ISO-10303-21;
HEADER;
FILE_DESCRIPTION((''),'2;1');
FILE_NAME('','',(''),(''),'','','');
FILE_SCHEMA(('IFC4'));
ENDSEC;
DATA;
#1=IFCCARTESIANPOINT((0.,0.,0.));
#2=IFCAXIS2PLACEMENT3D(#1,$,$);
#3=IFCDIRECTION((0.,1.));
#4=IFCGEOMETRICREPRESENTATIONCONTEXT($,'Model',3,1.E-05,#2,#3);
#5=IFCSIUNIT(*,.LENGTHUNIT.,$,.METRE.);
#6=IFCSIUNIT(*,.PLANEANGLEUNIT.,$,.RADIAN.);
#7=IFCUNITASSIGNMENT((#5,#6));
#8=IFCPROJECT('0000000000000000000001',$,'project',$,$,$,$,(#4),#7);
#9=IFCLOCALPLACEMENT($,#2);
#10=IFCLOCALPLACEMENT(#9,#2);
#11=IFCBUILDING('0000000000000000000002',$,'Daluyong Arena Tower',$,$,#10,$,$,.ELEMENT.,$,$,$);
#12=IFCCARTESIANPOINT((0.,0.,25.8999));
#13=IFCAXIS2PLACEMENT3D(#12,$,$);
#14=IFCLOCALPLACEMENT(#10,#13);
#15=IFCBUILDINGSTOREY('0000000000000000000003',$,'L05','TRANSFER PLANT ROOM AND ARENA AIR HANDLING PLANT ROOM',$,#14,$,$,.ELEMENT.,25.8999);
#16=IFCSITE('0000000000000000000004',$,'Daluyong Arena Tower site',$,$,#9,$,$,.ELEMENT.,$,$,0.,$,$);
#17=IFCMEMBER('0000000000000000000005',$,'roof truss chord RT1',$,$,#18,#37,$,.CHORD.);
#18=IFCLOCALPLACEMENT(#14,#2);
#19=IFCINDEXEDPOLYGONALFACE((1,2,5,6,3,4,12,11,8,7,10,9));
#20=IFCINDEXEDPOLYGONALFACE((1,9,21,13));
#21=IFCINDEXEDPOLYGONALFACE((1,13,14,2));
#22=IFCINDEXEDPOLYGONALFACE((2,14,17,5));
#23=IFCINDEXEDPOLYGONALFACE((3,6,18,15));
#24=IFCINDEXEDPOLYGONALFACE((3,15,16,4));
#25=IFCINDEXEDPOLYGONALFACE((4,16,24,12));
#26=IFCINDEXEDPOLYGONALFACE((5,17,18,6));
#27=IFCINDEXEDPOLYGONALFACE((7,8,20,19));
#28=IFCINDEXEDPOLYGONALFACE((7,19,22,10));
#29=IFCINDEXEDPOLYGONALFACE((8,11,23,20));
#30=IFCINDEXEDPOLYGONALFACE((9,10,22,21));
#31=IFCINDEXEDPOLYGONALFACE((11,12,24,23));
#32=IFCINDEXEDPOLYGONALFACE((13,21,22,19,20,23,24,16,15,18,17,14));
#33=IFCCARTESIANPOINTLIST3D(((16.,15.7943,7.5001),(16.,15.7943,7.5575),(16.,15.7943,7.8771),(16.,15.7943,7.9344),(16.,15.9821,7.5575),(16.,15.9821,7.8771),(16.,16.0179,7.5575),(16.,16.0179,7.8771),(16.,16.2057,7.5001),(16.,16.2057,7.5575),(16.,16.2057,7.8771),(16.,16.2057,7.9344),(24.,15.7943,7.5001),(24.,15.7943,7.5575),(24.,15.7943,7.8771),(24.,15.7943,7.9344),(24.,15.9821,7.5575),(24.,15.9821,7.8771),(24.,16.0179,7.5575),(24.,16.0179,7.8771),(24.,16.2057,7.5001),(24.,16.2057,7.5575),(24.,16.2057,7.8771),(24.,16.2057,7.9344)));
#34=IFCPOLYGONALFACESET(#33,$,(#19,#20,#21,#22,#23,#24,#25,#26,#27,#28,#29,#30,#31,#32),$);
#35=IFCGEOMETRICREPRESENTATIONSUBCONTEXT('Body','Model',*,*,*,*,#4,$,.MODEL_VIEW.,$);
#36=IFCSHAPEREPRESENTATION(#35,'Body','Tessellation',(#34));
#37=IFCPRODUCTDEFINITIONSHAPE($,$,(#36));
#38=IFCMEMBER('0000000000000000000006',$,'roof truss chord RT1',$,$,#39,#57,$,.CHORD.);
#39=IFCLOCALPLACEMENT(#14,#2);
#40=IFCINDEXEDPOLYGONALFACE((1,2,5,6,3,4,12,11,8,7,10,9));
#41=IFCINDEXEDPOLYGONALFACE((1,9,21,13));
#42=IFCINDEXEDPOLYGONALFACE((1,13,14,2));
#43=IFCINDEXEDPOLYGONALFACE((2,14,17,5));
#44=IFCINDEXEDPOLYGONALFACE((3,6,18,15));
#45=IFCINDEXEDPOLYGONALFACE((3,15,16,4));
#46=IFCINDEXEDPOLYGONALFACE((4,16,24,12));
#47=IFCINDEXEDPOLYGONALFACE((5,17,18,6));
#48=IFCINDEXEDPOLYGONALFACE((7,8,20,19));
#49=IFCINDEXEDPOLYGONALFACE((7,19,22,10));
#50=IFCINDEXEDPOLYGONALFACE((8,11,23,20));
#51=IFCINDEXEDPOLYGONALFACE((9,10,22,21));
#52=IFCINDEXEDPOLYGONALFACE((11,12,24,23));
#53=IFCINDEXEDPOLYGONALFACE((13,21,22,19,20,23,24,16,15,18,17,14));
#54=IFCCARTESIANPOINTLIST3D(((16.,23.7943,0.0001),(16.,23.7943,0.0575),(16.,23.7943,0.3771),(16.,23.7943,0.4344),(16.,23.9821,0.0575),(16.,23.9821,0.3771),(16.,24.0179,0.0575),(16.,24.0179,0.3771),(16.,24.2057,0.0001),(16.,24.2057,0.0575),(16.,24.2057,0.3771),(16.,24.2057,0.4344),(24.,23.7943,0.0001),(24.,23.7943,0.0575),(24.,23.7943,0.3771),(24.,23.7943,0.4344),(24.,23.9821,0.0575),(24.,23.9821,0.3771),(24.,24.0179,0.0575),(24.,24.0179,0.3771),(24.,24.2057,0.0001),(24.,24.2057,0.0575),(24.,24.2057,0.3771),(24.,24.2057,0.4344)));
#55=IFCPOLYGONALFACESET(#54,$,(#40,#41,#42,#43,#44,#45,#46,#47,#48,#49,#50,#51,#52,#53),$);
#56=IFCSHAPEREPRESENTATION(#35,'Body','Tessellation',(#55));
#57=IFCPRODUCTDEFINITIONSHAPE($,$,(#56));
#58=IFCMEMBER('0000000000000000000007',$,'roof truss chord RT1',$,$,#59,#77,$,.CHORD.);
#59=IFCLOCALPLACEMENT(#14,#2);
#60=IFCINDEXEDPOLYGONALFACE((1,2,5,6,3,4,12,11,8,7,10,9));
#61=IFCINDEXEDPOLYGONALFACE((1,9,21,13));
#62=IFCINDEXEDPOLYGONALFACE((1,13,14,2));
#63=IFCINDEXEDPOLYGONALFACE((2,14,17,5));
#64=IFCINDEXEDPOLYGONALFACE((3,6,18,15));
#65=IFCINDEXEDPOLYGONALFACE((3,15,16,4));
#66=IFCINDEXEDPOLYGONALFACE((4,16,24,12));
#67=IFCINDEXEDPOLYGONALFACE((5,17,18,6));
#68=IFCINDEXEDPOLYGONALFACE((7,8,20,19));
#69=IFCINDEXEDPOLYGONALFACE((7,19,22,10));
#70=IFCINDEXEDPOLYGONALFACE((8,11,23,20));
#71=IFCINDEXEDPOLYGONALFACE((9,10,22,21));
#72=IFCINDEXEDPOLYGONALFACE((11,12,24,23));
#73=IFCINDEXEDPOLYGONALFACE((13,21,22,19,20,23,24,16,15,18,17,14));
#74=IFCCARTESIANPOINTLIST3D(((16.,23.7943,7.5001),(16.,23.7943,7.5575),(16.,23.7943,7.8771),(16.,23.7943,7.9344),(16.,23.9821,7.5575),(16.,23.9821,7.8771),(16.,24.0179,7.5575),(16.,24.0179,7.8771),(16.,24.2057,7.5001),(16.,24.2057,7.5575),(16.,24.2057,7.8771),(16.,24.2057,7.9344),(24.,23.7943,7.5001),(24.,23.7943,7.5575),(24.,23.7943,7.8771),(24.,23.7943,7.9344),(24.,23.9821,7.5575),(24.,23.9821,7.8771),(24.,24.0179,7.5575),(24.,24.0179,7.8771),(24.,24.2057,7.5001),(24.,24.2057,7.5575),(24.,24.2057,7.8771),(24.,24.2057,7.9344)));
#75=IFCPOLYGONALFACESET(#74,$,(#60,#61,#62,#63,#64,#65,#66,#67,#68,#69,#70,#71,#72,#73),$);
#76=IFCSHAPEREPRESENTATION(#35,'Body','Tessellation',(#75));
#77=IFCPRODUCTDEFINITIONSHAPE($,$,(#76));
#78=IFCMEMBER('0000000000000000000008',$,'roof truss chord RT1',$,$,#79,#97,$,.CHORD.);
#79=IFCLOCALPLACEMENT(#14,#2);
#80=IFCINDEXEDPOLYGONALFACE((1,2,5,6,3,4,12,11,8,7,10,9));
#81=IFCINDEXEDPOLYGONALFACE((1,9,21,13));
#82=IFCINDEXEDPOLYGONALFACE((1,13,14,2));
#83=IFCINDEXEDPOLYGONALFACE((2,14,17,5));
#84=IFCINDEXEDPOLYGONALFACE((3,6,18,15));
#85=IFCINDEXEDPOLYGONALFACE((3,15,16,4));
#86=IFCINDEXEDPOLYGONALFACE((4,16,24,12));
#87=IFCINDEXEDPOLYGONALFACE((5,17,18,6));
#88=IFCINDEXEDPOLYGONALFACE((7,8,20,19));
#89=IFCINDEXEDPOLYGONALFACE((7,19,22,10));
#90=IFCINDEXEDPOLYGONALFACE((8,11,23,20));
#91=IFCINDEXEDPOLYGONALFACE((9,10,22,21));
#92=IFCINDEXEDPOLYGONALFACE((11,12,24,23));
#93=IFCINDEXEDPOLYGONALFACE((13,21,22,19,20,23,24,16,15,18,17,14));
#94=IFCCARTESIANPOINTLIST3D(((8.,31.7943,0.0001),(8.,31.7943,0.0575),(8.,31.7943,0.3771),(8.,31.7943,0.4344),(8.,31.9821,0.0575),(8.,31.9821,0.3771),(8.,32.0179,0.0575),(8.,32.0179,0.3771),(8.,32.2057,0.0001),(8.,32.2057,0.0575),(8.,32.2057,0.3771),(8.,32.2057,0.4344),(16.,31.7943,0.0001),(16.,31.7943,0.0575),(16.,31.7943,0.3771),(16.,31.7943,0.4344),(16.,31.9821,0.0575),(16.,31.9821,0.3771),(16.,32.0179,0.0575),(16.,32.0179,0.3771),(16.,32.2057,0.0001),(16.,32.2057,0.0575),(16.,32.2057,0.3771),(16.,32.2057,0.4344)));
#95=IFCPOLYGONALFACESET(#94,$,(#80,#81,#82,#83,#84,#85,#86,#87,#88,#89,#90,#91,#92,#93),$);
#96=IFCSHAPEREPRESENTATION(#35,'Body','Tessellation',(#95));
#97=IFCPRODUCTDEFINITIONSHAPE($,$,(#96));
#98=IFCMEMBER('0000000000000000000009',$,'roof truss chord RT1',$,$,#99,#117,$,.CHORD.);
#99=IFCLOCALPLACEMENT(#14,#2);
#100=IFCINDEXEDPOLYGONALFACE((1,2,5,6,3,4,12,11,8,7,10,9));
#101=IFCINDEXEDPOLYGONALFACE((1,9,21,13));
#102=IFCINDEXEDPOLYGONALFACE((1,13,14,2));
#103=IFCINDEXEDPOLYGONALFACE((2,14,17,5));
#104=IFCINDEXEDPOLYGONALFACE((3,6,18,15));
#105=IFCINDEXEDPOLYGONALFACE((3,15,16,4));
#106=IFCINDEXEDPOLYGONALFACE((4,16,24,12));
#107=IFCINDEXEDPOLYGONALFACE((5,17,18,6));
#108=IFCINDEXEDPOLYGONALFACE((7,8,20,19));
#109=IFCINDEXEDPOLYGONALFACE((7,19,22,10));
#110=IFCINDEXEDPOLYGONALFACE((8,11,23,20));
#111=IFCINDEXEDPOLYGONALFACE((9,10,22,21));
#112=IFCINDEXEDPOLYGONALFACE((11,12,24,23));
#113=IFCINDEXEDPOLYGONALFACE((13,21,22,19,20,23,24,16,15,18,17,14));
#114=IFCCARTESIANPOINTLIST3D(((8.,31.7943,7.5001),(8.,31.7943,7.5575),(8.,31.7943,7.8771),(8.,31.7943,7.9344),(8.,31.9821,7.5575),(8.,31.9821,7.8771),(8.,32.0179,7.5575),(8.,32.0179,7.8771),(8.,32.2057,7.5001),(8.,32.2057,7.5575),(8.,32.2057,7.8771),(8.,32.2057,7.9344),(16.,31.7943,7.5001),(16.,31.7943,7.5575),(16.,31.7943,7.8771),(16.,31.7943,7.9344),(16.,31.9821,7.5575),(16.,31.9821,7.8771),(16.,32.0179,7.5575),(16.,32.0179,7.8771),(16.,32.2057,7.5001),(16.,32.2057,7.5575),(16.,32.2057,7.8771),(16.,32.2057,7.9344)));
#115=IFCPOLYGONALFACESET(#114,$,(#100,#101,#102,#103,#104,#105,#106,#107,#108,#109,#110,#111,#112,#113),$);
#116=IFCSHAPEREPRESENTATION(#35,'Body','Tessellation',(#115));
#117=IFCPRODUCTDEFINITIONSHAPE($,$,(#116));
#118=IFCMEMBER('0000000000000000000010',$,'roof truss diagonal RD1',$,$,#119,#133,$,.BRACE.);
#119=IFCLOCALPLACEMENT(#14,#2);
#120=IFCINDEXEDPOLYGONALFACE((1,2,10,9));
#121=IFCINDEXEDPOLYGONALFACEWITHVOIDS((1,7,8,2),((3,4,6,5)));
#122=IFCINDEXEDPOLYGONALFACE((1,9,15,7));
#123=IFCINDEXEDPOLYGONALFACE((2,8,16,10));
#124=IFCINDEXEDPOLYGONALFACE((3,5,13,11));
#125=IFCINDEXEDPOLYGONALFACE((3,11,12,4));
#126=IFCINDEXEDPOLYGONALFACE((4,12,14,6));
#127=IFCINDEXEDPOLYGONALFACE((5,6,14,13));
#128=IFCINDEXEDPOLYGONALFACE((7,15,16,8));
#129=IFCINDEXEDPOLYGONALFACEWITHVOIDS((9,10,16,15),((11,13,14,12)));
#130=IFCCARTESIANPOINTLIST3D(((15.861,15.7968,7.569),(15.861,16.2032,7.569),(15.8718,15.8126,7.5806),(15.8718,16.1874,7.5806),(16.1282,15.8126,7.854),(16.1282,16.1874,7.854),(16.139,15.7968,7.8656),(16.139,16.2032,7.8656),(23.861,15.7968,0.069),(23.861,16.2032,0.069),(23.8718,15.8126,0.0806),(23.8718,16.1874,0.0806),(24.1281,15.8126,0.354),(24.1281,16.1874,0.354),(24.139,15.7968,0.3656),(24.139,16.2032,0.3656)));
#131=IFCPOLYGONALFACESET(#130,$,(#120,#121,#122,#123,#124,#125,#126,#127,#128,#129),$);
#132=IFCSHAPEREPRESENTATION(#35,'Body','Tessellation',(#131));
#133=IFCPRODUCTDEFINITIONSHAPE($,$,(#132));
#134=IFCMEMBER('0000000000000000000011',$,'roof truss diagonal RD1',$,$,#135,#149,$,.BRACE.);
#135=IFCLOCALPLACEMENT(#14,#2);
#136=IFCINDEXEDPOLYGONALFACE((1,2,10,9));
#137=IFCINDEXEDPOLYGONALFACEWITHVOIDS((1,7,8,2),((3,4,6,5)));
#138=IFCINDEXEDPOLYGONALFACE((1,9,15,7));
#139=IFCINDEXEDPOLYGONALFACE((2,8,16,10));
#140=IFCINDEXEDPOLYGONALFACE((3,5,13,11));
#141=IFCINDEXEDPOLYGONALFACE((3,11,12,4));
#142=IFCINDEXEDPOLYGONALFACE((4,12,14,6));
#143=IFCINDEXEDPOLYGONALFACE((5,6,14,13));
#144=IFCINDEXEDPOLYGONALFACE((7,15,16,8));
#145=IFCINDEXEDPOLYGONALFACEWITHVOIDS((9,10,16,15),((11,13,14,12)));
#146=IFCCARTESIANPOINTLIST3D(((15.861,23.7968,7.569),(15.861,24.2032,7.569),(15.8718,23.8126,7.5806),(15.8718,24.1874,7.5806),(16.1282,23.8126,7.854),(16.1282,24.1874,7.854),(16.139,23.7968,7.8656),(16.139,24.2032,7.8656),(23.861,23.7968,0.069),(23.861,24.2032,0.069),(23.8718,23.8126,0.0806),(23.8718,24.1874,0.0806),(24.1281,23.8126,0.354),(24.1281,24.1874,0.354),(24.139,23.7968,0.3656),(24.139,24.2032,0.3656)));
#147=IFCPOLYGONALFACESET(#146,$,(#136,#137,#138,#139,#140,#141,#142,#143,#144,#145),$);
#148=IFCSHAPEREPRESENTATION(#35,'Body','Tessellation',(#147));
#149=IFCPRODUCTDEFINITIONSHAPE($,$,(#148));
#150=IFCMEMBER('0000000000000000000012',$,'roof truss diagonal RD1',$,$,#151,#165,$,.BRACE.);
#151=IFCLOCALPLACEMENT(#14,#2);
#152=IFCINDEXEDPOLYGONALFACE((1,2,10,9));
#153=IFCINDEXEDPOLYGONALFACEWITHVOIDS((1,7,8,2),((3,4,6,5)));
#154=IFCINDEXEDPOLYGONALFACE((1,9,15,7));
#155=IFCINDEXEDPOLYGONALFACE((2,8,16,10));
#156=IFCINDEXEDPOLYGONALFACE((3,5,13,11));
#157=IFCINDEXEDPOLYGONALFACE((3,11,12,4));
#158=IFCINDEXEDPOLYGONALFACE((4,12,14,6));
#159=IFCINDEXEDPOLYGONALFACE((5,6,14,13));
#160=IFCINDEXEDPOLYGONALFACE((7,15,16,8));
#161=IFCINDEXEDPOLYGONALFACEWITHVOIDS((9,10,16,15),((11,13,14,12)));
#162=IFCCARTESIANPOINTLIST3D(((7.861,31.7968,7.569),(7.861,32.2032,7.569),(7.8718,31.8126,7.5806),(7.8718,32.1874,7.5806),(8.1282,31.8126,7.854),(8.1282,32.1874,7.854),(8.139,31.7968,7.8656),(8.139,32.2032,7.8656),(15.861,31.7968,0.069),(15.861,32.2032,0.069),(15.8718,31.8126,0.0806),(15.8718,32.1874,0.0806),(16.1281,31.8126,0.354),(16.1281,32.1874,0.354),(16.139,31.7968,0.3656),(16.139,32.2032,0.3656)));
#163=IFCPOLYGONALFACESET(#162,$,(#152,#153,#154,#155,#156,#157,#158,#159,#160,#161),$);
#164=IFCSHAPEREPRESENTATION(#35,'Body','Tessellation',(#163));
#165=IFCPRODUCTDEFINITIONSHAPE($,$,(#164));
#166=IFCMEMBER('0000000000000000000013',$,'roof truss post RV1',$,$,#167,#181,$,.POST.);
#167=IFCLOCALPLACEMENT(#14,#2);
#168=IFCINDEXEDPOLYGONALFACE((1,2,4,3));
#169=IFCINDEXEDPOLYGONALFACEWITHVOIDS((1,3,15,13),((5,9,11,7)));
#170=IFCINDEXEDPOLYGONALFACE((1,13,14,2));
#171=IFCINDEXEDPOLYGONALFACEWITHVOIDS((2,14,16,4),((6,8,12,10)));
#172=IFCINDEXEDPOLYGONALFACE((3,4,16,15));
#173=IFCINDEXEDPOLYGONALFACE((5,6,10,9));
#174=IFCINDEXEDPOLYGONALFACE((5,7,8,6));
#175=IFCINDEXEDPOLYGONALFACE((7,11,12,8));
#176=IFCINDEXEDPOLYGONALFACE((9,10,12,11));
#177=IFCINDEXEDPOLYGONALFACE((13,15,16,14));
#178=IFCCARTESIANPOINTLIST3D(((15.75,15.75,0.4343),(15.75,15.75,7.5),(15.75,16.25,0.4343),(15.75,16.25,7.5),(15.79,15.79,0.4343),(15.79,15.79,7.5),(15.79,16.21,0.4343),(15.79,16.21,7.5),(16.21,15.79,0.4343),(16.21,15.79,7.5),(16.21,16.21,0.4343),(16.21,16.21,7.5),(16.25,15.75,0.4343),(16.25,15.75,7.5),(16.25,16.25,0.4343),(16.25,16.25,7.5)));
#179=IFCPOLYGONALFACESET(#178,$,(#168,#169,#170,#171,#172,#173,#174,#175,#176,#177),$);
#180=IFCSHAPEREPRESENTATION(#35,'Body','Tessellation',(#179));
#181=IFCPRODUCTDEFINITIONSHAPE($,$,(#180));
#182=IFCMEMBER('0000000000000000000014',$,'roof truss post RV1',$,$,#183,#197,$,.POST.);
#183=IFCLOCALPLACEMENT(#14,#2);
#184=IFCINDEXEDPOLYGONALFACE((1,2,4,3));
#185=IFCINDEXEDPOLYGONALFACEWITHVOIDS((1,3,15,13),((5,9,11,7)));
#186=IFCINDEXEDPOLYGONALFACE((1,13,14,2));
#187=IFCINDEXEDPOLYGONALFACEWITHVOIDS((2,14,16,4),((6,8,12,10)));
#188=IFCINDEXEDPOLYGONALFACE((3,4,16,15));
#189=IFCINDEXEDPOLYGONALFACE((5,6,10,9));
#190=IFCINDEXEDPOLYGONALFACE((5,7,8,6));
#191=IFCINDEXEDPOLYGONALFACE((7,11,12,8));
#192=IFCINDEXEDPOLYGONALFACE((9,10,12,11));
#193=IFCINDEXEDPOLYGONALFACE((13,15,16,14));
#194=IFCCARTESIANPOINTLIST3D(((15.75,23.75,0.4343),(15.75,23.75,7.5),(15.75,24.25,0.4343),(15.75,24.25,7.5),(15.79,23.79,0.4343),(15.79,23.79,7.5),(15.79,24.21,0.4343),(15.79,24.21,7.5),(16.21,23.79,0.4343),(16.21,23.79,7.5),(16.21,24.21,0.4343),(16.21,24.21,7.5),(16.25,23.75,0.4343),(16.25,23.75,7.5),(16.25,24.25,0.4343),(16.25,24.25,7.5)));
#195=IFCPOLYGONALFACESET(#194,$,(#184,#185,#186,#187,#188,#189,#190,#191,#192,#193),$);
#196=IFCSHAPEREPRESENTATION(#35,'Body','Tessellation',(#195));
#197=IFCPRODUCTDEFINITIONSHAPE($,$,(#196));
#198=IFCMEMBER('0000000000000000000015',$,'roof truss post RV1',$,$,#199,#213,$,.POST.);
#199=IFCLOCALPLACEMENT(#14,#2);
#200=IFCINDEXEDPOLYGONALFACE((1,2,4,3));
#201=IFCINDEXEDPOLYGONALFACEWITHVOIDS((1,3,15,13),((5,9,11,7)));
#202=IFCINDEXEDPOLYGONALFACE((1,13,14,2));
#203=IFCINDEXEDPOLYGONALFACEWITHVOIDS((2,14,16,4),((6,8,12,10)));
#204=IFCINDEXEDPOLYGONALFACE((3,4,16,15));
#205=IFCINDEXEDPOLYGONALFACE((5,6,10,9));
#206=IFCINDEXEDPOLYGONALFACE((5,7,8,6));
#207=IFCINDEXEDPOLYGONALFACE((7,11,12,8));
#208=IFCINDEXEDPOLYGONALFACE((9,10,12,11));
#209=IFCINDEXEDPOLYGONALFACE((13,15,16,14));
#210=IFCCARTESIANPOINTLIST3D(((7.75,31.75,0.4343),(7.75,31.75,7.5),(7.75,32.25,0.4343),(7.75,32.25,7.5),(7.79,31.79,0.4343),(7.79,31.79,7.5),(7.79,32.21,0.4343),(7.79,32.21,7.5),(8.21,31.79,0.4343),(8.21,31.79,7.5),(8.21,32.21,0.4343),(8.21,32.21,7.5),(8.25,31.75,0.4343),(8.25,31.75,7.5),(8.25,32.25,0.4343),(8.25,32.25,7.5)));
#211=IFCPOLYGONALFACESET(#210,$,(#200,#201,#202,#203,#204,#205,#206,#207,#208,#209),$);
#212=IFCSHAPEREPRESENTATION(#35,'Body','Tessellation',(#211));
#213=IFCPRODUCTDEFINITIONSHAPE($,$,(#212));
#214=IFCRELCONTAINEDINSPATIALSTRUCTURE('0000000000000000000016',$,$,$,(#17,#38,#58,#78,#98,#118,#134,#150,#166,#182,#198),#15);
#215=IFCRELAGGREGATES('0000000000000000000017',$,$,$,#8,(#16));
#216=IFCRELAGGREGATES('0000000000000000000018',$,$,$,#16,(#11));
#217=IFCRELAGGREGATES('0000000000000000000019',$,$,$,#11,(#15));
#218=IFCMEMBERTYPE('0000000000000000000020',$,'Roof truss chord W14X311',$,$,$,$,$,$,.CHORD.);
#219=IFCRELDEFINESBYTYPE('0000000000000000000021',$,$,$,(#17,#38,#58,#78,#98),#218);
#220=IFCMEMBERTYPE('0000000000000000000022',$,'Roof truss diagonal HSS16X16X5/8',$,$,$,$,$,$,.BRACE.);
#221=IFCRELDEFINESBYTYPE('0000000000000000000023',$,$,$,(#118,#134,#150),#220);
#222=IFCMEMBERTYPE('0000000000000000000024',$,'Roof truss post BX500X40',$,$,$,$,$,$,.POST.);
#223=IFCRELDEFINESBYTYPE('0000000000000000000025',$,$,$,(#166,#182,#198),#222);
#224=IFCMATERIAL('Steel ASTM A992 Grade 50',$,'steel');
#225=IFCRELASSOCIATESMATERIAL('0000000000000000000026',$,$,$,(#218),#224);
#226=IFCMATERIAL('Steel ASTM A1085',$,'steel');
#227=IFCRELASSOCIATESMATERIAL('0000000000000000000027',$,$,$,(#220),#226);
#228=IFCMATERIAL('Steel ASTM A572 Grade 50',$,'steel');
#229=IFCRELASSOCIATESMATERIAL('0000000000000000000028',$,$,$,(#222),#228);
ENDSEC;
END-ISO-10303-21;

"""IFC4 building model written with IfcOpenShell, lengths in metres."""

from ifc_helpers import new_model, si_unit, direction, frame, origin, origin_2d, place, context, subcontext, project, spatial, hollow_rectangle, i_section, extrude, material, material_profile, profile_set, type_object, element, save


model = new_model("IFC4")

# Units and contexts
model_context = context("Model", 3, precision=1e-05, world=origin(), true_north=direction((0.0, 1.0)))
body_context = subcontext(model_context, "Body", "Model", "MODEL_VIEW")
ifc_project = project(units=[si_unit("LENGTHUNIT", "METRE"), si_unit("PLANEANGLEUNIT", "RADIAN")], contexts=[model_context])

# Site, building, storey
site_placement = place(None, origin())
site = spatial("IfcSite", under=ifc_project, at=site_placement, Name="Daluyong Arena Tower site", CompositionType="ELEMENT", RefElevation=0.0)
building_placement = place(site_placement, origin())
building = spatial("IfcBuilding", under=site, at=building_placement, Name="Daluyong Arena Tower", CompositionType="ELEMENT")
storey_placement = place(building_placement, frame((0.0, 0.0, 25.8999)))
storey = spatial("IfcBuildingStorey", under=building, at=storey_placement, Name="L05", Description="TRANSFER PLANT ROOM AND ARENA AIR HANDLING PLANT ROOM", CompositionType="ELEMENT", Elevation=25.8999)

# Members
ifc_material_1 = material(Name="Steel ASTM A992 Grade 50", Category="steel")
ifc_material_profile_1 = material_profile(ifc_material_1, i_section(OverallWidth=0.4114, OverallDepth=0.4343, WebThickness=0.0359, FlangeThickness=0.0574, at=origin_2d()))
ifc_profile_set_1 = profile_set([ifc_material_profile_1], Name="Steel ASTM A992 Grade 50")
member_type_1 = type_object("IfcMemberType", Name="Roof truss chord W14X311", PredefinedType="CHORD", material=ifc_profile_set_1)
for number, where, z_axis, x_axis, name in (
    (1, (16.0, 16.0, 7.7173), (1.0, 0.0, 0.0), (0.0, 1.0, 0.0), "roof truss chord RT1"),
    (2, (16.0, 24.0, 0.2173), (1.0, 0.0, 0.0), (0.0, 1.0, 0.0), "roof truss chord RT1"),
    (3, (16.0, 24.0, 7.7173), (1.0, 0.0, 0.0), (0.0, 1.0, 0.0), "roof truss chord RT1"),
    (4, (8.0, 32.0, 0.2173), (1.0, 0.0, 0.0), (0.0, 1.0, 0.0), "roof truss chord RT1"),
    (5, (8.0, 32.0, 7.7173), (1.0, 0.0, 0.0), (0.0, 1.0, 0.0), "roof truss chord RT1"),
):
    element("IfcMember", number, at=place(storey_placement, frame(where, z_axis=z_axis, x_axis=x_axis)), inside=storey, type_object=member_type_1, Name=name, PredefinedType="CHORD", context=body_context, shape_type="SweptSolid", body=[
        extrude(i_section(OverallWidth=0.4114, OverallDepth=0.4343, WebThickness=0.0359, FlangeThickness=0.0574, at=origin_2d()), origin(), (0.0, 0.0, 1.0), 8.0),
    ])
ifc_material_2 = material(Name="Steel ASTM A1085", Category="steel")
ifc_material_profile_2 = material_profile(ifc_material_2, hollow_rectangle(XDim=0.4065, YDim=0.4065, WallThickness=0.0159, at=origin_2d()))
ifc_profile_set_2 = profile_set([ifc_material_profile_2], Name="Steel ASTM A1085")
member_type_2 = type_object("IfcMemberType", Name="Roof truss diagonal HSS16X16X5/8", PredefinedType="BRACE", material=ifc_profile_set_2)
for number, where, z_axis, x_axis, name in (
    (6, (16.0, 16.0, 7.7173), (0.729537, 0.0, -0.683941), (0.0, 1.0, 0.0), "roof truss diagonal RD1"),
    (7, (16.0, 24.0, 7.7173), (0.729537, 0.0, -0.683941), (0.0, 1.0, 0.0), "roof truss diagonal RD1"),
    (8, (8.0, 32.0, 7.7173), (0.729537, 0.0, -0.683941), (0.0, 1.0, 0.0), "roof truss diagonal RD1"),
):
    element("IfcMember", number, at=place(storey_placement, frame(where, z_axis=z_axis, x_axis=x_axis)), inside=storey, type_object=member_type_2, Name=name, PredefinedType="BRACE", context=body_context, shape_type="SweptSolid", body=[
        extrude(hollow_rectangle(XDim=0.4065, YDim=0.4065, WallThickness=0.0159, at=origin_2d()), origin(), (0.0, 0.0, 1.0), 10.9658),
    ])
ifc_material_3 = material(Name="Steel ASTM A572 Grade 50", Category="steel")
ifc_material_profile_3 = material_profile(ifc_material_3, hollow_rectangle(XDim=0.5, YDim=0.5, WallThickness=0.04, at=origin_2d()))
ifc_profile_set_3 = profile_set([ifc_material_profile_3], Name="Steel ASTM A572 Grade 50")
member_type_3 = type_object("IfcMemberType", Name="Roof truss post BX500X40", PredefinedType="POST", material=ifc_profile_set_3)
for number, where, z_axis, x_axis, name in (
    (9, (16.0, 16.0, 0.4343), (0.0, 0.0, 1.0), (1.0, 0.0, 0.0), "roof truss post RV1"),
    (10, (16.0, 24.0, 0.4343), (0.0, 0.0, 1.0), (1.0, 0.0, 0.0), "roof truss post RV1"),
    (11, (8.0, 32.0, 0.4343), (0.0, 0.0, 1.0), (1.0, 0.0, 0.0), "roof truss post RV1"),
):
    element("IfcMember", number, at=place(storey_placement, frame(where, z_axis=z_axis, x_axis=x_axis)), inside=storey, type_object=member_type_3, Name=name, PredefinedType="POST", context=body_context, shape_type="SweptSolid", body=[
        extrude(hollow_rectangle(XDim=0.5, YDim=0.5, WallThickness=0.04, at=origin_2d()), origin(), (0.0, 0.0, 1.0), 7.0657),
    ])

save(model, "model.ifc")
